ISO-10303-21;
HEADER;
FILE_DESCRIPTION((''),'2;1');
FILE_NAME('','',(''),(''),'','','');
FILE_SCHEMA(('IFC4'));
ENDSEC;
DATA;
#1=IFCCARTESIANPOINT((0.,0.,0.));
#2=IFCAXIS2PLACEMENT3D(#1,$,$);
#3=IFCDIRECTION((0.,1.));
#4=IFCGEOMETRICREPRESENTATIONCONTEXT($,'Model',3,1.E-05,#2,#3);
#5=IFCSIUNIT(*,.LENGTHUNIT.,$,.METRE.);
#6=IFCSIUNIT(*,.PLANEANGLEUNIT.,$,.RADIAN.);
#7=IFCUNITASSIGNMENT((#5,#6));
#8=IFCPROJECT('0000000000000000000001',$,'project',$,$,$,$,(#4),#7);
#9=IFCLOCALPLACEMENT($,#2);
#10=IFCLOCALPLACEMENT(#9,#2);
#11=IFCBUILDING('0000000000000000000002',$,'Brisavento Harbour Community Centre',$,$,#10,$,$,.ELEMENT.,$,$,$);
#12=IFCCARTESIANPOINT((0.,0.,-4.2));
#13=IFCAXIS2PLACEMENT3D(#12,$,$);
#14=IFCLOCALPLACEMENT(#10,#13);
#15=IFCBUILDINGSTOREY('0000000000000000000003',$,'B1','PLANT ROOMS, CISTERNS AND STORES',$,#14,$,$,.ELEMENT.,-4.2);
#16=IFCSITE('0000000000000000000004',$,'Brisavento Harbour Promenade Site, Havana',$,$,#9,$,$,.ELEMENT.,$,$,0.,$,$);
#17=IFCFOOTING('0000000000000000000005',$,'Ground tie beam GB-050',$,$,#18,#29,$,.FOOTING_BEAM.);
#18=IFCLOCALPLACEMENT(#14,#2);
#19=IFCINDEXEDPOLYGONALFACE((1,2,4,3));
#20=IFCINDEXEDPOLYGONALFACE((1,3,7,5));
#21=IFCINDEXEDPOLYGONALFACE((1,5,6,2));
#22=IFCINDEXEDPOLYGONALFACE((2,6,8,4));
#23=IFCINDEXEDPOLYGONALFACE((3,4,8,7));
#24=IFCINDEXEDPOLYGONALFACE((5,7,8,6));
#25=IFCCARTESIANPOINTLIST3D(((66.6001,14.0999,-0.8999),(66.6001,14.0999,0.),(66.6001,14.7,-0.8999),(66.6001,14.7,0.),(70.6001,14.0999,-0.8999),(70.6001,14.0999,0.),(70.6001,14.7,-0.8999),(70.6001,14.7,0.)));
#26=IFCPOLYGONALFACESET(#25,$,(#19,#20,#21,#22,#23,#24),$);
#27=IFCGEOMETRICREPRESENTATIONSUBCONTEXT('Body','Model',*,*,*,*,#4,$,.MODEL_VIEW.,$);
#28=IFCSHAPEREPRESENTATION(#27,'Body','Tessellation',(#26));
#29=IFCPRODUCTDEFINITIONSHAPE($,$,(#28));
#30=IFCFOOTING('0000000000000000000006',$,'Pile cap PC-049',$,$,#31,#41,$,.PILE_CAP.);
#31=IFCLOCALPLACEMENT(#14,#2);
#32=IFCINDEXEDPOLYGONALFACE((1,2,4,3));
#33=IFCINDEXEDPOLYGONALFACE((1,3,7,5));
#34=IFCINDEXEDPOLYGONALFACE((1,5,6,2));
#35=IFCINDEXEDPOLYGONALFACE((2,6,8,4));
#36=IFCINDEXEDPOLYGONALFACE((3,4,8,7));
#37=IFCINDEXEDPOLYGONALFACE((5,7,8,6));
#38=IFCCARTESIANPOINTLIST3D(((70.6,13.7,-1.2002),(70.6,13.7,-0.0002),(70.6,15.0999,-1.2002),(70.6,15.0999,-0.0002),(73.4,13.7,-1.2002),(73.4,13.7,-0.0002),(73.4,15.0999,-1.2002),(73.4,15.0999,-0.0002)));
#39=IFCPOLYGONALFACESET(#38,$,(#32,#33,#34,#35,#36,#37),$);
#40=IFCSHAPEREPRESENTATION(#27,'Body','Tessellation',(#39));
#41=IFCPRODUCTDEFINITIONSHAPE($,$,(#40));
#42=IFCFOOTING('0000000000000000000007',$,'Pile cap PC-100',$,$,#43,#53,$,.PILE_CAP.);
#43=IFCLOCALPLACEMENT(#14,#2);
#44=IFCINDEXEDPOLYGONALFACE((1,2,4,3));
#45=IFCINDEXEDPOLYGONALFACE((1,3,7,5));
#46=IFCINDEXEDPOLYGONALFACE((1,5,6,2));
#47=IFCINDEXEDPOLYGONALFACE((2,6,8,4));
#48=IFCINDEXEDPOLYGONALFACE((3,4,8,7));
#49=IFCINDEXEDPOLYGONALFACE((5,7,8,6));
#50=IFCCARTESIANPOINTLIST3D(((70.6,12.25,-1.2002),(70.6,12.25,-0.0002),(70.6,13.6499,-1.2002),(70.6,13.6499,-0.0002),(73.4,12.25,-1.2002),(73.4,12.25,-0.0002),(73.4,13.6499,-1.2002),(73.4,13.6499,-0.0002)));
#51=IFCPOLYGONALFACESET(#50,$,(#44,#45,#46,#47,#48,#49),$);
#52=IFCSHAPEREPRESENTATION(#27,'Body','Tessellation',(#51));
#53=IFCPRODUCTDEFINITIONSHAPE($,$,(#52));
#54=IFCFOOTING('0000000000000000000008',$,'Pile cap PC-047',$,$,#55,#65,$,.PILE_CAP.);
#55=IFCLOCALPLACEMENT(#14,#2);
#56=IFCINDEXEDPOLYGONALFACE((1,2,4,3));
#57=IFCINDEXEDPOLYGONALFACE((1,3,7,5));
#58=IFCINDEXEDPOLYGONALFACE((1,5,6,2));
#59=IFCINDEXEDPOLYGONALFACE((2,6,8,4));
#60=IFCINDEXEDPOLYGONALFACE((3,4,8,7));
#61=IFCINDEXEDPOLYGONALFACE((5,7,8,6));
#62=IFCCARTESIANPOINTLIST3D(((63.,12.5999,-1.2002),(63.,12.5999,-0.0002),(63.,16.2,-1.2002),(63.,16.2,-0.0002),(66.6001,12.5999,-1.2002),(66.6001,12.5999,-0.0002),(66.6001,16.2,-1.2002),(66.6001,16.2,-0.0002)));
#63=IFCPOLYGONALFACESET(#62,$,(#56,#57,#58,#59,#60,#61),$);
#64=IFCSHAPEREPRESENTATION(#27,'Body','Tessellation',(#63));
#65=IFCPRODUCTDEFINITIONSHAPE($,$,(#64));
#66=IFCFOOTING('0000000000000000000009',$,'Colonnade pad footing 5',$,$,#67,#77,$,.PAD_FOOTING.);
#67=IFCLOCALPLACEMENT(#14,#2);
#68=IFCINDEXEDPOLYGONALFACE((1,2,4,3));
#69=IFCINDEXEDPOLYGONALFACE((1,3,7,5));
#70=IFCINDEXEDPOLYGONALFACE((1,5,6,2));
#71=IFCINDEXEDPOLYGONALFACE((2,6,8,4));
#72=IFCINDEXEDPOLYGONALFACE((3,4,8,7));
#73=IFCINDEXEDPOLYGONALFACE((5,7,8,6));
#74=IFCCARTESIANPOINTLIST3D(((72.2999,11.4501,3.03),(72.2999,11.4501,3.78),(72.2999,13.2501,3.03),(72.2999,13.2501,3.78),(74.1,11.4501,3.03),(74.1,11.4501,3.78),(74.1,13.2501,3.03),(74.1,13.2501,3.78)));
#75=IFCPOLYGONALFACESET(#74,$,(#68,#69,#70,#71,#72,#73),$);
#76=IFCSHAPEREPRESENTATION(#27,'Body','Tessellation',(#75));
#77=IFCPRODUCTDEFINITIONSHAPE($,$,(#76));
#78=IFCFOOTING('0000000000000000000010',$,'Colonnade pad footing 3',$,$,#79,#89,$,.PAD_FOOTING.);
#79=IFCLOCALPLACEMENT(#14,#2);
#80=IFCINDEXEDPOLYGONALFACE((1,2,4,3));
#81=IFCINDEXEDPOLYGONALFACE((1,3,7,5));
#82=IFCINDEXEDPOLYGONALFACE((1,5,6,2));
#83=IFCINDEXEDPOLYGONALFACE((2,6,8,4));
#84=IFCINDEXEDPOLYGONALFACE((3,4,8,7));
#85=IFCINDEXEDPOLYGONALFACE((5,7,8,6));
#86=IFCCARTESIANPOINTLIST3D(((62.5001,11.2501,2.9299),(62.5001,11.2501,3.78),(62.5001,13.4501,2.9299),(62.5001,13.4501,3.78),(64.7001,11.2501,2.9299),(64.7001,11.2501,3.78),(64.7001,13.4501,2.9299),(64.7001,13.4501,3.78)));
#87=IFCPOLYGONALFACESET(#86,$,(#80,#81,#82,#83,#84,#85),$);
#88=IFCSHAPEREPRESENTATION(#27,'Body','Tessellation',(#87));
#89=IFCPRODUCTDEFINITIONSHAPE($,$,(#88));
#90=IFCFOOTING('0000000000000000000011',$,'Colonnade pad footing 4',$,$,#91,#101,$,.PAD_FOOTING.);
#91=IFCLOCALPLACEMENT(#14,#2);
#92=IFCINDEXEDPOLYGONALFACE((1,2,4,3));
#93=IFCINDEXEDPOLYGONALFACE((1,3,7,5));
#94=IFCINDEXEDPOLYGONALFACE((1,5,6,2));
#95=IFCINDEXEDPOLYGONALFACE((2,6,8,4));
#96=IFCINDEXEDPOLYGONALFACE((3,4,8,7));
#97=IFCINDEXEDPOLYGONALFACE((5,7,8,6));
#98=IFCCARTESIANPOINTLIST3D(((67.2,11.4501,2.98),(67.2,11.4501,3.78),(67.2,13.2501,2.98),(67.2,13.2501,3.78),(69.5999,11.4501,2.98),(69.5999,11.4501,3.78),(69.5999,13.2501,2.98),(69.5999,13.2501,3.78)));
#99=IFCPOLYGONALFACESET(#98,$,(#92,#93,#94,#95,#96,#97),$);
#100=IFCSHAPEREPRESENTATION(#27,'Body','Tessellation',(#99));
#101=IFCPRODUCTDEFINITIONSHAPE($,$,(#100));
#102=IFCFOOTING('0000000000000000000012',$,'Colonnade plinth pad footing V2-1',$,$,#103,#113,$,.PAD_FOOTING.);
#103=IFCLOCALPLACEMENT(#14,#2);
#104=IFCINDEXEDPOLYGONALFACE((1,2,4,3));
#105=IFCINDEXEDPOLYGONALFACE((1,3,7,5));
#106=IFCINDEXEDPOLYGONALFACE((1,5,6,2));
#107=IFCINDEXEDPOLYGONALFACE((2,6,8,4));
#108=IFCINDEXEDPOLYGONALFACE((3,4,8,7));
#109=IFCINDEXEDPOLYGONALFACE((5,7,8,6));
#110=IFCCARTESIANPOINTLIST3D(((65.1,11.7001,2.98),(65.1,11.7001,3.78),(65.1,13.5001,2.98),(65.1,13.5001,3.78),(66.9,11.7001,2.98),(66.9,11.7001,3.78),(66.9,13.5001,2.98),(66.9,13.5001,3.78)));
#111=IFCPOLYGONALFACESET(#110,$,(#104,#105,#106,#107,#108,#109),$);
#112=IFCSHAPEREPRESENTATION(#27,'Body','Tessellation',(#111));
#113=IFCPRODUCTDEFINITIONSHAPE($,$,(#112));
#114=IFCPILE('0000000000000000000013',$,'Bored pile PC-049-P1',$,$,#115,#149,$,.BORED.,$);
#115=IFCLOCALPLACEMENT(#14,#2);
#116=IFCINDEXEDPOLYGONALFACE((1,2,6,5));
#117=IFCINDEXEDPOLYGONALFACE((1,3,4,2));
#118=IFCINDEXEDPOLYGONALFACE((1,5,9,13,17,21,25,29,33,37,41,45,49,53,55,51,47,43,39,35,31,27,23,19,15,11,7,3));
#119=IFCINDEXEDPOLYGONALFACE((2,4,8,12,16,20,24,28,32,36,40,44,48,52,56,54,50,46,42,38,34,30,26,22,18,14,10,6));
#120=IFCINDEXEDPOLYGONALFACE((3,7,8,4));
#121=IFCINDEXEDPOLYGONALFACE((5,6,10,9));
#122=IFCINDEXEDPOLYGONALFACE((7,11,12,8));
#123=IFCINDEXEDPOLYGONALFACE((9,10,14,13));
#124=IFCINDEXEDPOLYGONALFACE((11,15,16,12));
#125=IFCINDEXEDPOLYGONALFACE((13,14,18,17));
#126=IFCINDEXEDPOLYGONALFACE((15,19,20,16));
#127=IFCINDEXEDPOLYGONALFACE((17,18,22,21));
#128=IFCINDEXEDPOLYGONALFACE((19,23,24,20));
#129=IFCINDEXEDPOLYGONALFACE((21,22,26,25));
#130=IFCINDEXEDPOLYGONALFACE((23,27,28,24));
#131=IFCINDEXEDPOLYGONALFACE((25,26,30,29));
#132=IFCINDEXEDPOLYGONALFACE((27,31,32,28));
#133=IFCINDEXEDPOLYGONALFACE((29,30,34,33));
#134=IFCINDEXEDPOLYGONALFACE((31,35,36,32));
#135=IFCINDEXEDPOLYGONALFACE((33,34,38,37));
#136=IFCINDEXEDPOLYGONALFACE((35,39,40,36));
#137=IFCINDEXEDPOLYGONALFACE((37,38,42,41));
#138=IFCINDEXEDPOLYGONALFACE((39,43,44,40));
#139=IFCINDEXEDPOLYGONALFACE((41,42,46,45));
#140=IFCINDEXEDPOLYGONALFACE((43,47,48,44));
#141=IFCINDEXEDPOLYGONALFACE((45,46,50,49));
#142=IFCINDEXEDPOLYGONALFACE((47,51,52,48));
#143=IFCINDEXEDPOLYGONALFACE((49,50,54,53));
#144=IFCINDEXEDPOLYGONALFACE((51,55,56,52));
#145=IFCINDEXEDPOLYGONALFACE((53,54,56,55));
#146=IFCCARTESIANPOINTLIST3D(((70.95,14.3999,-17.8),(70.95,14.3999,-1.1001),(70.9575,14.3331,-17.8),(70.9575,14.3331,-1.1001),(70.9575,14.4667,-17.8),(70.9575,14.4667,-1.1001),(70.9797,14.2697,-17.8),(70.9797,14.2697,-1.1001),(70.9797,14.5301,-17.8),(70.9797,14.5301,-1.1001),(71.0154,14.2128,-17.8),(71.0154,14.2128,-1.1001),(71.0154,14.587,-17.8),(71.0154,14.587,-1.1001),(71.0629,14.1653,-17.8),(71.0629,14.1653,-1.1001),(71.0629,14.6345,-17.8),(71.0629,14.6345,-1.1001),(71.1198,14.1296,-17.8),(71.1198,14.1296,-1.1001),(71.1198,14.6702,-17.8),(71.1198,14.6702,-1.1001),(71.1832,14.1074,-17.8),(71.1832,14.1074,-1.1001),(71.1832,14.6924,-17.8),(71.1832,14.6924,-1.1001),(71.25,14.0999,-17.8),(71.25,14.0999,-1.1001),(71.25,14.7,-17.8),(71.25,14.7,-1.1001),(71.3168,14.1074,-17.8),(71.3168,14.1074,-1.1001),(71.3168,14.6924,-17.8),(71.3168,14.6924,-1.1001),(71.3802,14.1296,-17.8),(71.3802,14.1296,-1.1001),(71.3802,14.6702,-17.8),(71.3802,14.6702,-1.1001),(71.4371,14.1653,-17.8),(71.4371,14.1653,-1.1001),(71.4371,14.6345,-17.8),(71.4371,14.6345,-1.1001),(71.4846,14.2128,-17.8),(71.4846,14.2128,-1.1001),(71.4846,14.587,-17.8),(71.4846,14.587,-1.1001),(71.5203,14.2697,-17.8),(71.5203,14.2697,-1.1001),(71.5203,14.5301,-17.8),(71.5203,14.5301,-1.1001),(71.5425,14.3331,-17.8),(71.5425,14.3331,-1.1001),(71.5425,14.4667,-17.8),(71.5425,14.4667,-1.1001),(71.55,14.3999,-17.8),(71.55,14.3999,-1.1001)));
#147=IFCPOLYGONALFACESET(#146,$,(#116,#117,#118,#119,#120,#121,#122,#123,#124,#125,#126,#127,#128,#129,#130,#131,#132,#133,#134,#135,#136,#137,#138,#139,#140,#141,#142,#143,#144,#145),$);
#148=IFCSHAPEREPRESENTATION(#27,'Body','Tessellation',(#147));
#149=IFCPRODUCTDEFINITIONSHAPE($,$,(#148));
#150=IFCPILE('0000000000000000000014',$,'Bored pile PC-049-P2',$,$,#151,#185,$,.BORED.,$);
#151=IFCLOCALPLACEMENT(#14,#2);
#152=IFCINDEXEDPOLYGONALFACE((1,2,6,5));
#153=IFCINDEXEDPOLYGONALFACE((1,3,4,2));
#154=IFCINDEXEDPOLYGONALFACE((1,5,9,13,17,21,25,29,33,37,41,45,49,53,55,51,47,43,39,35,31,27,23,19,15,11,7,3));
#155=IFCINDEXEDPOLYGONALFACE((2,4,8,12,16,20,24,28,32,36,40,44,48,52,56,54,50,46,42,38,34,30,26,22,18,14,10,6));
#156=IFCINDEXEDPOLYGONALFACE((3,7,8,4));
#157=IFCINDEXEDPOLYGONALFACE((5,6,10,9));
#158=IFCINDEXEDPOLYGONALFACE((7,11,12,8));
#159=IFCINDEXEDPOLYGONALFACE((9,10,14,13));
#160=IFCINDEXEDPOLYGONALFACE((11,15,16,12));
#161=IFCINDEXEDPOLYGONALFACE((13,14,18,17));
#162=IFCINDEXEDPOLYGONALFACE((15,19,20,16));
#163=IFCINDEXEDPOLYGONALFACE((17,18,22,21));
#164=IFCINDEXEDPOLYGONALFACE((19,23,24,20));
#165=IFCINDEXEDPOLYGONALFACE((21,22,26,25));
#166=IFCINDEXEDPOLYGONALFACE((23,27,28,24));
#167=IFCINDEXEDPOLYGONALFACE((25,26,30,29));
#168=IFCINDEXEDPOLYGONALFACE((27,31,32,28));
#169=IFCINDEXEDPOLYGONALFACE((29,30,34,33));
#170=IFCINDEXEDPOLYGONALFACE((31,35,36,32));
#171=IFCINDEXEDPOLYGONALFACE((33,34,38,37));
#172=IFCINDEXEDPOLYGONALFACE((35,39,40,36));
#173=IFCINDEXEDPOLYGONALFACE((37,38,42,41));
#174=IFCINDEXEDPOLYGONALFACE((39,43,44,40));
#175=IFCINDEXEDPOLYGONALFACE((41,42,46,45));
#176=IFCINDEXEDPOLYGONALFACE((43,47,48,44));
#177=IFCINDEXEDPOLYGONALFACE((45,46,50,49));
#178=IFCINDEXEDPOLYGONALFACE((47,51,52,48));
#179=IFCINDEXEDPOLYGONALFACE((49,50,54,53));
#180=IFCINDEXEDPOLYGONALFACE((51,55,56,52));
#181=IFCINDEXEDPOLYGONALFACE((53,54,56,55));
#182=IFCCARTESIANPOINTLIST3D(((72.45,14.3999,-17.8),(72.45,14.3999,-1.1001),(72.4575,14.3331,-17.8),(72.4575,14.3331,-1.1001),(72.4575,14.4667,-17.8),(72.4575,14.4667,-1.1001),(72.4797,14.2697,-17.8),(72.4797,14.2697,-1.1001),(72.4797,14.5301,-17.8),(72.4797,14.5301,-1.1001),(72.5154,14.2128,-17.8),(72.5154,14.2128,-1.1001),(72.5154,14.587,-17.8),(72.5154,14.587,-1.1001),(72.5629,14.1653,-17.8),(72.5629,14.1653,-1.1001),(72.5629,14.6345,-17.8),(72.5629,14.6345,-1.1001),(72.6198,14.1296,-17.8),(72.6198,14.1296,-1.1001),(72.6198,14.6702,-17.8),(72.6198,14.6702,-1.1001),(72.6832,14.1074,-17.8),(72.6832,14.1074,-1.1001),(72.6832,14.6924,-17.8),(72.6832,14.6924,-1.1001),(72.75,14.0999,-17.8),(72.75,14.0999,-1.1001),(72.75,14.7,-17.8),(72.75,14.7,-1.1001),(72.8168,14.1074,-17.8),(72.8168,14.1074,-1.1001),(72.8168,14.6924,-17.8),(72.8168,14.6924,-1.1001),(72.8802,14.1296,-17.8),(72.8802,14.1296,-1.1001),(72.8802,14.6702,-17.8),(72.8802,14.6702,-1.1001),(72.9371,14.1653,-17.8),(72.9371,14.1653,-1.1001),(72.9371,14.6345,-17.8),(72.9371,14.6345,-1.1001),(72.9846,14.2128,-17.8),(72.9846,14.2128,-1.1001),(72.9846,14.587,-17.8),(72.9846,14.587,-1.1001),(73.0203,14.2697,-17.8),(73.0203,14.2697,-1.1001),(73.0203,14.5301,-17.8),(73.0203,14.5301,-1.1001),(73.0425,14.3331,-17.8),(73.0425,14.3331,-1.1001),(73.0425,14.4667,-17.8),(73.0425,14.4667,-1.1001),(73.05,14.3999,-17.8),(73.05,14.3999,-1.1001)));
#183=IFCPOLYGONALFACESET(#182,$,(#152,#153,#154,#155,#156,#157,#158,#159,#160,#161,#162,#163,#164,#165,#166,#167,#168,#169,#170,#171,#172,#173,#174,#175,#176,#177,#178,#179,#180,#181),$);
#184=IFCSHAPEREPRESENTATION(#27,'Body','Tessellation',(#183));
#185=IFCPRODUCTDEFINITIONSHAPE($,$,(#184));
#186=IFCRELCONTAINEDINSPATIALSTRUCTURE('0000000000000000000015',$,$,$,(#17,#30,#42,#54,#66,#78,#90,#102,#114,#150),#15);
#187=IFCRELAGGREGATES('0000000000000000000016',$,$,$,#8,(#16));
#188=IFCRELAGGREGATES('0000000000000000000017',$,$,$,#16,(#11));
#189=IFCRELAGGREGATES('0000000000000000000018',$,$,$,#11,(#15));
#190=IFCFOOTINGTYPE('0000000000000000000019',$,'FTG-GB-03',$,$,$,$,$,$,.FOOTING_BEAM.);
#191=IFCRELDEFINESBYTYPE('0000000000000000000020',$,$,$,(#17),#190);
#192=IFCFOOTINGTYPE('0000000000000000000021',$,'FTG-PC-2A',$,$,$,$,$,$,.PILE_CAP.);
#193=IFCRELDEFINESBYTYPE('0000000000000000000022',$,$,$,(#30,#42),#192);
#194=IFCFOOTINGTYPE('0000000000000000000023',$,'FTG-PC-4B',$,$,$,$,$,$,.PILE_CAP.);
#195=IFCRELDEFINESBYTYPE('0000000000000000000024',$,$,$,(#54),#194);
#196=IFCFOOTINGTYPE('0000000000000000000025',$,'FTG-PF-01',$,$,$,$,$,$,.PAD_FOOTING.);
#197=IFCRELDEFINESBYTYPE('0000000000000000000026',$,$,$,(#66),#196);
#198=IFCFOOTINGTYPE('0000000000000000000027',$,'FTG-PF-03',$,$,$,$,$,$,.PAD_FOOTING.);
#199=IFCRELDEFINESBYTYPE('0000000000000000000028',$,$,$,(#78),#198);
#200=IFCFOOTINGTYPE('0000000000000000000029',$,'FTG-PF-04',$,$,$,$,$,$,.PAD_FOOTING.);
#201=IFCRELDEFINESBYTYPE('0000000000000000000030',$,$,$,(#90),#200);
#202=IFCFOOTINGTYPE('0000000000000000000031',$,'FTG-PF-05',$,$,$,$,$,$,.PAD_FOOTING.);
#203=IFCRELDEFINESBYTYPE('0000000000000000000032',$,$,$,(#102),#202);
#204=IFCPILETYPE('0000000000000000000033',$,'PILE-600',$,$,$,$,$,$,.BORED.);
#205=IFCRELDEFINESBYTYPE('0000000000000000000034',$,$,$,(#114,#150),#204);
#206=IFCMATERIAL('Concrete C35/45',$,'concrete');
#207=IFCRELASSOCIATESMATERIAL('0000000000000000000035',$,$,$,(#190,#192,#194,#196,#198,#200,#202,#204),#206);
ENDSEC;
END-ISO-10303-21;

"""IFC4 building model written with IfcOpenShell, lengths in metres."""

from ifc_helpers import new_model, si_unit, direction, frame, origin, origin_2d, place, context, subcontext, project, spatial, rectangle, circle, extrude, material, material_profile, profile_set, type_object, element, save


model = new_model("IFC4")

# Units and contexts
model_context = context("Model", 3, precision=1e-05, world=origin(), true_north=direction((0.0, 1.0)))
body_context = subcontext(model_context, "Body", "Model", "MODEL_VIEW")
ifc_project = project(units=[si_unit("LENGTHUNIT", "METRE"), si_unit("PLANEANGLEUNIT", "RADIAN")], contexts=[model_context])

# Site, building, storey
site_placement = place(None, origin())
site = spatial("IfcSite", under=ifc_project, at=site_placement, Name="Brisavento Harbour Promenade Site, Havana", CompositionType="ELEMENT", RefElevation=0.0)
building_placement = place(site_placement, origin())
building = spatial("IfcBuilding", under=site, at=building_placement, Name="Brisavento Harbour Community Centre", CompositionType="ELEMENT")
storey_placement = place(building_placement, frame((0.0, 0.0, -4.2)))
storey = spatial("IfcBuildingStorey", under=building, at=storey_placement, Name="B1", Description="PLANT ROOMS, CISTERNS AND STORES", CompositionType="ELEMENT", Elevation=-4.2)

# Footings
ifc_material_1 = material(Name="Concrete C35/45", Category="concrete")
footing_type_1 = type_object("IfcFootingType", Name="FTG-GB-03", PredefinedType="FOOTING_BEAM", material=ifc_material_1)
footing_1_placement = place(storey_placement, frame((68.6001, 14.3999, -0.8999), z_axis=(0.0, 0.0, 1.0), x_axis=(1.0, 0.0, 0.0)))
element("IfcFooting", 1, at=footing_1_placement, inside=storey, type_object=footing_type_1, Name="Ground tie beam GB-050", PredefinedType="FOOTING_BEAM", context=body_context, shape_type="SweptSolid", body=[
    extrude(rectangle(XDim=4.0, YDim=0.6001, at=origin_2d()), origin(), (0.0, 0.0, 1.0), 0.8999),
])
footing_type_2 = type_object("IfcFootingType", Name="FTG-PC-2A", PredefinedType="PILE_CAP", material=ifc_material_1)
for number, where, z_axis, x_axis, name in (
    (2, (72.0, 14.3999, -1.2002), (0.0, 0.0, 1.0), (1.0, 0.0, 0.0), "Pile cap PC-049"),
    (3, (72.0, 12.95, -1.2002), (0.0, 0.0, 1.0), (1.0, 0.0, 0.0), "Pile cap PC-100"),
):
    element("IfcFooting", number, at=place(storey_placement, frame(where, z_axis=z_axis, x_axis=x_axis)), inside=storey, type_object=footing_type_2, Name=name, PredefinedType="PILE_CAP", context=body_context, shape_type="SweptSolid", body=[
        extrude(rectangle(XDim=2.8, YDim=1.3999, at=origin_2d()), origin(), (0.0, 0.0, 1.0), 1.2),
    ])
footing_type_3 = type_object("IfcFootingType", Name="FTG-PC-4B", PredefinedType="PILE_CAP", material=ifc_material_1)
footing_2_placement = place(storey_placement, frame((64.8, 14.3999, -1.2002), z_axis=(0.0, 0.0, 1.0), x_axis=(1.0, 0.0, 0.0)))
element("IfcFooting", 4, at=footing_2_placement, inside=storey, type_object=footing_type_3, Name="Pile cap PC-047", PredefinedType="PILE_CAP", context=body_context, shape_type="SweptSolid", body=[
    extrude(rectangle(XDim=3.6001, YDim=3.6001, at=origin_2d()), origin(), (0.0, 0.0, 1.0), 1.2),
])
footing_type_4 = type_object("IfcFootingType", Name="FTG-PF-01", PredefinedType="PAD_FOOTING", material=ifc_material_1)
footing_3_placement = place(storey_placement, frame((73.2, 12.3501, 3.03), z_axis=(0.0, 0.0, 1.0), x_axis=(1.0, 0.0, 0.0)))
element("IfcFooting", 5, at=footing_3_placement, inside=storey, type_object=footing_type_4, Name="Colonnade pad footing 5", PredefinedType="PAD_FOOTING", context=body_context, shape_type="SweptSolid", body=[
    extrude(rectangle(XDim=1.8, YDim=1.8, at=origin_2d()), origin(), (0.0, 0.0, 1.0), 0.75),
])
footing_type_5 = type_object("IfcFootingType", Name="FTG-PF-03", PredefinedType="PAD_FOOTING", material=ifc_material_1)
footing_4_placement = place(storey_placement, frame((63.6001, 12.3501, 2.9299), z_axis=(0.0, 0.0, 1.0), x_axis=(1.0, 0.0, 0.0)))
element("IfcFooting", 6, at=footing_4_placement, inside=storey, type_object=footing_type_5, Name="Colonnade pad footing 3", PredefinedType="PAD_FOOTING", context=body_context, shape_type="SweptSolid", body=[
    extrude(rectangle(XDim=2.2, YDim=2.2, at=origin_2d()), origin(), (0.0, 0.0, 1.0), 0.8501),
])
footing_type_6 = type_object("IfcFootingType", Name="FTG-PF-04", PredefinedType="PAD_FOOTING", material=ifc_material_1)
footing_5_placement = place(storey_placement, frame((68.3999, 12.3501, 2.98), z_axis=(0.0, 0.0, 1.0), x_axis=(1.0, 0.0, 0.0)))
element("IfcFooting", 7, at=footing_5_placement, inside=storey, type_object=footing_type_6, Name="Colonnade pad footing 4", PredefinedType="PAD_FOOTING", context=body_context, shape_type="SweptSolid", body=[
    extrude(rectangle(XDim=2.3999, YDim=1.8, at=origin_2d()), origin(), (0.0, 0.0, 1.0), 0.8),
])
footing_type_7 = type_object("IfcFootingType", Name="FTG-PF-05", PredefinedType="PAD_FOOTING", material=ifc_material_1)
footing_6_placement = place(storey_placement, frame((66.0, 12.6001, 2.98), z_axis=(0.0, 0.0, 1.0), x_axis=(1.0, 0.0, 0.0)))
element("IfcFooting", 8, at=footing_6_placement, inside=storey, type_object=footing_type_7, Name="Colonnade plinth pad footing V2-1", PredefinedType="PAD_FOOTING", context=body_context, shape_type="SweptSolid", body=[
    extrude(rectangle(XDim=1.8, YDim=1.8, at=origin_2d()), origin(), (0.0, 0.0, 1.0), 0.8),
])

# Piles
ifc_material_profile_1 = material_profile(ifc_material_1, circle(Radius=0.3, at=origin_2d()), Name="Concrete C35/45")
ifc_profile_set_1 = profile_set([ifc_material_profile_1], Name="Concrete C35/45")
pile_type_1 = type_object("IfcPileType", Name="PILE-600", PredefinedType="BORED", material=ifc_profile_set_1)
for number, where, z_axis, x_axis, name in (
    (9, (71.25, 14.3999, -1.1001), (0.0, 0.0, -1.0), (1.0, 0.0, 0.0), "Bored pile PC-049-P1"),
    (10, (72.75, 14.3999, -1.1001), (0.0, 0.0, -1.0), (1.0, 0.0, 0.0), "Bored pile PC-049-P2"),
):
    element("IfcPile", number, at=place(storey_placement, frame(where, z_axis=z_axis, x_axis=x_axis)), inside=storey, type_object=pile_type_1, Name=name, PredefinedType="BORED", context=body_context, shape_type="SweptSolid", body=[
        extrude(circle(Radius=0.3, at=origin_2d()), origin(), (0.0, 0.0, 1.0), 16.7),
    ])

save(model, "model.ifc")
